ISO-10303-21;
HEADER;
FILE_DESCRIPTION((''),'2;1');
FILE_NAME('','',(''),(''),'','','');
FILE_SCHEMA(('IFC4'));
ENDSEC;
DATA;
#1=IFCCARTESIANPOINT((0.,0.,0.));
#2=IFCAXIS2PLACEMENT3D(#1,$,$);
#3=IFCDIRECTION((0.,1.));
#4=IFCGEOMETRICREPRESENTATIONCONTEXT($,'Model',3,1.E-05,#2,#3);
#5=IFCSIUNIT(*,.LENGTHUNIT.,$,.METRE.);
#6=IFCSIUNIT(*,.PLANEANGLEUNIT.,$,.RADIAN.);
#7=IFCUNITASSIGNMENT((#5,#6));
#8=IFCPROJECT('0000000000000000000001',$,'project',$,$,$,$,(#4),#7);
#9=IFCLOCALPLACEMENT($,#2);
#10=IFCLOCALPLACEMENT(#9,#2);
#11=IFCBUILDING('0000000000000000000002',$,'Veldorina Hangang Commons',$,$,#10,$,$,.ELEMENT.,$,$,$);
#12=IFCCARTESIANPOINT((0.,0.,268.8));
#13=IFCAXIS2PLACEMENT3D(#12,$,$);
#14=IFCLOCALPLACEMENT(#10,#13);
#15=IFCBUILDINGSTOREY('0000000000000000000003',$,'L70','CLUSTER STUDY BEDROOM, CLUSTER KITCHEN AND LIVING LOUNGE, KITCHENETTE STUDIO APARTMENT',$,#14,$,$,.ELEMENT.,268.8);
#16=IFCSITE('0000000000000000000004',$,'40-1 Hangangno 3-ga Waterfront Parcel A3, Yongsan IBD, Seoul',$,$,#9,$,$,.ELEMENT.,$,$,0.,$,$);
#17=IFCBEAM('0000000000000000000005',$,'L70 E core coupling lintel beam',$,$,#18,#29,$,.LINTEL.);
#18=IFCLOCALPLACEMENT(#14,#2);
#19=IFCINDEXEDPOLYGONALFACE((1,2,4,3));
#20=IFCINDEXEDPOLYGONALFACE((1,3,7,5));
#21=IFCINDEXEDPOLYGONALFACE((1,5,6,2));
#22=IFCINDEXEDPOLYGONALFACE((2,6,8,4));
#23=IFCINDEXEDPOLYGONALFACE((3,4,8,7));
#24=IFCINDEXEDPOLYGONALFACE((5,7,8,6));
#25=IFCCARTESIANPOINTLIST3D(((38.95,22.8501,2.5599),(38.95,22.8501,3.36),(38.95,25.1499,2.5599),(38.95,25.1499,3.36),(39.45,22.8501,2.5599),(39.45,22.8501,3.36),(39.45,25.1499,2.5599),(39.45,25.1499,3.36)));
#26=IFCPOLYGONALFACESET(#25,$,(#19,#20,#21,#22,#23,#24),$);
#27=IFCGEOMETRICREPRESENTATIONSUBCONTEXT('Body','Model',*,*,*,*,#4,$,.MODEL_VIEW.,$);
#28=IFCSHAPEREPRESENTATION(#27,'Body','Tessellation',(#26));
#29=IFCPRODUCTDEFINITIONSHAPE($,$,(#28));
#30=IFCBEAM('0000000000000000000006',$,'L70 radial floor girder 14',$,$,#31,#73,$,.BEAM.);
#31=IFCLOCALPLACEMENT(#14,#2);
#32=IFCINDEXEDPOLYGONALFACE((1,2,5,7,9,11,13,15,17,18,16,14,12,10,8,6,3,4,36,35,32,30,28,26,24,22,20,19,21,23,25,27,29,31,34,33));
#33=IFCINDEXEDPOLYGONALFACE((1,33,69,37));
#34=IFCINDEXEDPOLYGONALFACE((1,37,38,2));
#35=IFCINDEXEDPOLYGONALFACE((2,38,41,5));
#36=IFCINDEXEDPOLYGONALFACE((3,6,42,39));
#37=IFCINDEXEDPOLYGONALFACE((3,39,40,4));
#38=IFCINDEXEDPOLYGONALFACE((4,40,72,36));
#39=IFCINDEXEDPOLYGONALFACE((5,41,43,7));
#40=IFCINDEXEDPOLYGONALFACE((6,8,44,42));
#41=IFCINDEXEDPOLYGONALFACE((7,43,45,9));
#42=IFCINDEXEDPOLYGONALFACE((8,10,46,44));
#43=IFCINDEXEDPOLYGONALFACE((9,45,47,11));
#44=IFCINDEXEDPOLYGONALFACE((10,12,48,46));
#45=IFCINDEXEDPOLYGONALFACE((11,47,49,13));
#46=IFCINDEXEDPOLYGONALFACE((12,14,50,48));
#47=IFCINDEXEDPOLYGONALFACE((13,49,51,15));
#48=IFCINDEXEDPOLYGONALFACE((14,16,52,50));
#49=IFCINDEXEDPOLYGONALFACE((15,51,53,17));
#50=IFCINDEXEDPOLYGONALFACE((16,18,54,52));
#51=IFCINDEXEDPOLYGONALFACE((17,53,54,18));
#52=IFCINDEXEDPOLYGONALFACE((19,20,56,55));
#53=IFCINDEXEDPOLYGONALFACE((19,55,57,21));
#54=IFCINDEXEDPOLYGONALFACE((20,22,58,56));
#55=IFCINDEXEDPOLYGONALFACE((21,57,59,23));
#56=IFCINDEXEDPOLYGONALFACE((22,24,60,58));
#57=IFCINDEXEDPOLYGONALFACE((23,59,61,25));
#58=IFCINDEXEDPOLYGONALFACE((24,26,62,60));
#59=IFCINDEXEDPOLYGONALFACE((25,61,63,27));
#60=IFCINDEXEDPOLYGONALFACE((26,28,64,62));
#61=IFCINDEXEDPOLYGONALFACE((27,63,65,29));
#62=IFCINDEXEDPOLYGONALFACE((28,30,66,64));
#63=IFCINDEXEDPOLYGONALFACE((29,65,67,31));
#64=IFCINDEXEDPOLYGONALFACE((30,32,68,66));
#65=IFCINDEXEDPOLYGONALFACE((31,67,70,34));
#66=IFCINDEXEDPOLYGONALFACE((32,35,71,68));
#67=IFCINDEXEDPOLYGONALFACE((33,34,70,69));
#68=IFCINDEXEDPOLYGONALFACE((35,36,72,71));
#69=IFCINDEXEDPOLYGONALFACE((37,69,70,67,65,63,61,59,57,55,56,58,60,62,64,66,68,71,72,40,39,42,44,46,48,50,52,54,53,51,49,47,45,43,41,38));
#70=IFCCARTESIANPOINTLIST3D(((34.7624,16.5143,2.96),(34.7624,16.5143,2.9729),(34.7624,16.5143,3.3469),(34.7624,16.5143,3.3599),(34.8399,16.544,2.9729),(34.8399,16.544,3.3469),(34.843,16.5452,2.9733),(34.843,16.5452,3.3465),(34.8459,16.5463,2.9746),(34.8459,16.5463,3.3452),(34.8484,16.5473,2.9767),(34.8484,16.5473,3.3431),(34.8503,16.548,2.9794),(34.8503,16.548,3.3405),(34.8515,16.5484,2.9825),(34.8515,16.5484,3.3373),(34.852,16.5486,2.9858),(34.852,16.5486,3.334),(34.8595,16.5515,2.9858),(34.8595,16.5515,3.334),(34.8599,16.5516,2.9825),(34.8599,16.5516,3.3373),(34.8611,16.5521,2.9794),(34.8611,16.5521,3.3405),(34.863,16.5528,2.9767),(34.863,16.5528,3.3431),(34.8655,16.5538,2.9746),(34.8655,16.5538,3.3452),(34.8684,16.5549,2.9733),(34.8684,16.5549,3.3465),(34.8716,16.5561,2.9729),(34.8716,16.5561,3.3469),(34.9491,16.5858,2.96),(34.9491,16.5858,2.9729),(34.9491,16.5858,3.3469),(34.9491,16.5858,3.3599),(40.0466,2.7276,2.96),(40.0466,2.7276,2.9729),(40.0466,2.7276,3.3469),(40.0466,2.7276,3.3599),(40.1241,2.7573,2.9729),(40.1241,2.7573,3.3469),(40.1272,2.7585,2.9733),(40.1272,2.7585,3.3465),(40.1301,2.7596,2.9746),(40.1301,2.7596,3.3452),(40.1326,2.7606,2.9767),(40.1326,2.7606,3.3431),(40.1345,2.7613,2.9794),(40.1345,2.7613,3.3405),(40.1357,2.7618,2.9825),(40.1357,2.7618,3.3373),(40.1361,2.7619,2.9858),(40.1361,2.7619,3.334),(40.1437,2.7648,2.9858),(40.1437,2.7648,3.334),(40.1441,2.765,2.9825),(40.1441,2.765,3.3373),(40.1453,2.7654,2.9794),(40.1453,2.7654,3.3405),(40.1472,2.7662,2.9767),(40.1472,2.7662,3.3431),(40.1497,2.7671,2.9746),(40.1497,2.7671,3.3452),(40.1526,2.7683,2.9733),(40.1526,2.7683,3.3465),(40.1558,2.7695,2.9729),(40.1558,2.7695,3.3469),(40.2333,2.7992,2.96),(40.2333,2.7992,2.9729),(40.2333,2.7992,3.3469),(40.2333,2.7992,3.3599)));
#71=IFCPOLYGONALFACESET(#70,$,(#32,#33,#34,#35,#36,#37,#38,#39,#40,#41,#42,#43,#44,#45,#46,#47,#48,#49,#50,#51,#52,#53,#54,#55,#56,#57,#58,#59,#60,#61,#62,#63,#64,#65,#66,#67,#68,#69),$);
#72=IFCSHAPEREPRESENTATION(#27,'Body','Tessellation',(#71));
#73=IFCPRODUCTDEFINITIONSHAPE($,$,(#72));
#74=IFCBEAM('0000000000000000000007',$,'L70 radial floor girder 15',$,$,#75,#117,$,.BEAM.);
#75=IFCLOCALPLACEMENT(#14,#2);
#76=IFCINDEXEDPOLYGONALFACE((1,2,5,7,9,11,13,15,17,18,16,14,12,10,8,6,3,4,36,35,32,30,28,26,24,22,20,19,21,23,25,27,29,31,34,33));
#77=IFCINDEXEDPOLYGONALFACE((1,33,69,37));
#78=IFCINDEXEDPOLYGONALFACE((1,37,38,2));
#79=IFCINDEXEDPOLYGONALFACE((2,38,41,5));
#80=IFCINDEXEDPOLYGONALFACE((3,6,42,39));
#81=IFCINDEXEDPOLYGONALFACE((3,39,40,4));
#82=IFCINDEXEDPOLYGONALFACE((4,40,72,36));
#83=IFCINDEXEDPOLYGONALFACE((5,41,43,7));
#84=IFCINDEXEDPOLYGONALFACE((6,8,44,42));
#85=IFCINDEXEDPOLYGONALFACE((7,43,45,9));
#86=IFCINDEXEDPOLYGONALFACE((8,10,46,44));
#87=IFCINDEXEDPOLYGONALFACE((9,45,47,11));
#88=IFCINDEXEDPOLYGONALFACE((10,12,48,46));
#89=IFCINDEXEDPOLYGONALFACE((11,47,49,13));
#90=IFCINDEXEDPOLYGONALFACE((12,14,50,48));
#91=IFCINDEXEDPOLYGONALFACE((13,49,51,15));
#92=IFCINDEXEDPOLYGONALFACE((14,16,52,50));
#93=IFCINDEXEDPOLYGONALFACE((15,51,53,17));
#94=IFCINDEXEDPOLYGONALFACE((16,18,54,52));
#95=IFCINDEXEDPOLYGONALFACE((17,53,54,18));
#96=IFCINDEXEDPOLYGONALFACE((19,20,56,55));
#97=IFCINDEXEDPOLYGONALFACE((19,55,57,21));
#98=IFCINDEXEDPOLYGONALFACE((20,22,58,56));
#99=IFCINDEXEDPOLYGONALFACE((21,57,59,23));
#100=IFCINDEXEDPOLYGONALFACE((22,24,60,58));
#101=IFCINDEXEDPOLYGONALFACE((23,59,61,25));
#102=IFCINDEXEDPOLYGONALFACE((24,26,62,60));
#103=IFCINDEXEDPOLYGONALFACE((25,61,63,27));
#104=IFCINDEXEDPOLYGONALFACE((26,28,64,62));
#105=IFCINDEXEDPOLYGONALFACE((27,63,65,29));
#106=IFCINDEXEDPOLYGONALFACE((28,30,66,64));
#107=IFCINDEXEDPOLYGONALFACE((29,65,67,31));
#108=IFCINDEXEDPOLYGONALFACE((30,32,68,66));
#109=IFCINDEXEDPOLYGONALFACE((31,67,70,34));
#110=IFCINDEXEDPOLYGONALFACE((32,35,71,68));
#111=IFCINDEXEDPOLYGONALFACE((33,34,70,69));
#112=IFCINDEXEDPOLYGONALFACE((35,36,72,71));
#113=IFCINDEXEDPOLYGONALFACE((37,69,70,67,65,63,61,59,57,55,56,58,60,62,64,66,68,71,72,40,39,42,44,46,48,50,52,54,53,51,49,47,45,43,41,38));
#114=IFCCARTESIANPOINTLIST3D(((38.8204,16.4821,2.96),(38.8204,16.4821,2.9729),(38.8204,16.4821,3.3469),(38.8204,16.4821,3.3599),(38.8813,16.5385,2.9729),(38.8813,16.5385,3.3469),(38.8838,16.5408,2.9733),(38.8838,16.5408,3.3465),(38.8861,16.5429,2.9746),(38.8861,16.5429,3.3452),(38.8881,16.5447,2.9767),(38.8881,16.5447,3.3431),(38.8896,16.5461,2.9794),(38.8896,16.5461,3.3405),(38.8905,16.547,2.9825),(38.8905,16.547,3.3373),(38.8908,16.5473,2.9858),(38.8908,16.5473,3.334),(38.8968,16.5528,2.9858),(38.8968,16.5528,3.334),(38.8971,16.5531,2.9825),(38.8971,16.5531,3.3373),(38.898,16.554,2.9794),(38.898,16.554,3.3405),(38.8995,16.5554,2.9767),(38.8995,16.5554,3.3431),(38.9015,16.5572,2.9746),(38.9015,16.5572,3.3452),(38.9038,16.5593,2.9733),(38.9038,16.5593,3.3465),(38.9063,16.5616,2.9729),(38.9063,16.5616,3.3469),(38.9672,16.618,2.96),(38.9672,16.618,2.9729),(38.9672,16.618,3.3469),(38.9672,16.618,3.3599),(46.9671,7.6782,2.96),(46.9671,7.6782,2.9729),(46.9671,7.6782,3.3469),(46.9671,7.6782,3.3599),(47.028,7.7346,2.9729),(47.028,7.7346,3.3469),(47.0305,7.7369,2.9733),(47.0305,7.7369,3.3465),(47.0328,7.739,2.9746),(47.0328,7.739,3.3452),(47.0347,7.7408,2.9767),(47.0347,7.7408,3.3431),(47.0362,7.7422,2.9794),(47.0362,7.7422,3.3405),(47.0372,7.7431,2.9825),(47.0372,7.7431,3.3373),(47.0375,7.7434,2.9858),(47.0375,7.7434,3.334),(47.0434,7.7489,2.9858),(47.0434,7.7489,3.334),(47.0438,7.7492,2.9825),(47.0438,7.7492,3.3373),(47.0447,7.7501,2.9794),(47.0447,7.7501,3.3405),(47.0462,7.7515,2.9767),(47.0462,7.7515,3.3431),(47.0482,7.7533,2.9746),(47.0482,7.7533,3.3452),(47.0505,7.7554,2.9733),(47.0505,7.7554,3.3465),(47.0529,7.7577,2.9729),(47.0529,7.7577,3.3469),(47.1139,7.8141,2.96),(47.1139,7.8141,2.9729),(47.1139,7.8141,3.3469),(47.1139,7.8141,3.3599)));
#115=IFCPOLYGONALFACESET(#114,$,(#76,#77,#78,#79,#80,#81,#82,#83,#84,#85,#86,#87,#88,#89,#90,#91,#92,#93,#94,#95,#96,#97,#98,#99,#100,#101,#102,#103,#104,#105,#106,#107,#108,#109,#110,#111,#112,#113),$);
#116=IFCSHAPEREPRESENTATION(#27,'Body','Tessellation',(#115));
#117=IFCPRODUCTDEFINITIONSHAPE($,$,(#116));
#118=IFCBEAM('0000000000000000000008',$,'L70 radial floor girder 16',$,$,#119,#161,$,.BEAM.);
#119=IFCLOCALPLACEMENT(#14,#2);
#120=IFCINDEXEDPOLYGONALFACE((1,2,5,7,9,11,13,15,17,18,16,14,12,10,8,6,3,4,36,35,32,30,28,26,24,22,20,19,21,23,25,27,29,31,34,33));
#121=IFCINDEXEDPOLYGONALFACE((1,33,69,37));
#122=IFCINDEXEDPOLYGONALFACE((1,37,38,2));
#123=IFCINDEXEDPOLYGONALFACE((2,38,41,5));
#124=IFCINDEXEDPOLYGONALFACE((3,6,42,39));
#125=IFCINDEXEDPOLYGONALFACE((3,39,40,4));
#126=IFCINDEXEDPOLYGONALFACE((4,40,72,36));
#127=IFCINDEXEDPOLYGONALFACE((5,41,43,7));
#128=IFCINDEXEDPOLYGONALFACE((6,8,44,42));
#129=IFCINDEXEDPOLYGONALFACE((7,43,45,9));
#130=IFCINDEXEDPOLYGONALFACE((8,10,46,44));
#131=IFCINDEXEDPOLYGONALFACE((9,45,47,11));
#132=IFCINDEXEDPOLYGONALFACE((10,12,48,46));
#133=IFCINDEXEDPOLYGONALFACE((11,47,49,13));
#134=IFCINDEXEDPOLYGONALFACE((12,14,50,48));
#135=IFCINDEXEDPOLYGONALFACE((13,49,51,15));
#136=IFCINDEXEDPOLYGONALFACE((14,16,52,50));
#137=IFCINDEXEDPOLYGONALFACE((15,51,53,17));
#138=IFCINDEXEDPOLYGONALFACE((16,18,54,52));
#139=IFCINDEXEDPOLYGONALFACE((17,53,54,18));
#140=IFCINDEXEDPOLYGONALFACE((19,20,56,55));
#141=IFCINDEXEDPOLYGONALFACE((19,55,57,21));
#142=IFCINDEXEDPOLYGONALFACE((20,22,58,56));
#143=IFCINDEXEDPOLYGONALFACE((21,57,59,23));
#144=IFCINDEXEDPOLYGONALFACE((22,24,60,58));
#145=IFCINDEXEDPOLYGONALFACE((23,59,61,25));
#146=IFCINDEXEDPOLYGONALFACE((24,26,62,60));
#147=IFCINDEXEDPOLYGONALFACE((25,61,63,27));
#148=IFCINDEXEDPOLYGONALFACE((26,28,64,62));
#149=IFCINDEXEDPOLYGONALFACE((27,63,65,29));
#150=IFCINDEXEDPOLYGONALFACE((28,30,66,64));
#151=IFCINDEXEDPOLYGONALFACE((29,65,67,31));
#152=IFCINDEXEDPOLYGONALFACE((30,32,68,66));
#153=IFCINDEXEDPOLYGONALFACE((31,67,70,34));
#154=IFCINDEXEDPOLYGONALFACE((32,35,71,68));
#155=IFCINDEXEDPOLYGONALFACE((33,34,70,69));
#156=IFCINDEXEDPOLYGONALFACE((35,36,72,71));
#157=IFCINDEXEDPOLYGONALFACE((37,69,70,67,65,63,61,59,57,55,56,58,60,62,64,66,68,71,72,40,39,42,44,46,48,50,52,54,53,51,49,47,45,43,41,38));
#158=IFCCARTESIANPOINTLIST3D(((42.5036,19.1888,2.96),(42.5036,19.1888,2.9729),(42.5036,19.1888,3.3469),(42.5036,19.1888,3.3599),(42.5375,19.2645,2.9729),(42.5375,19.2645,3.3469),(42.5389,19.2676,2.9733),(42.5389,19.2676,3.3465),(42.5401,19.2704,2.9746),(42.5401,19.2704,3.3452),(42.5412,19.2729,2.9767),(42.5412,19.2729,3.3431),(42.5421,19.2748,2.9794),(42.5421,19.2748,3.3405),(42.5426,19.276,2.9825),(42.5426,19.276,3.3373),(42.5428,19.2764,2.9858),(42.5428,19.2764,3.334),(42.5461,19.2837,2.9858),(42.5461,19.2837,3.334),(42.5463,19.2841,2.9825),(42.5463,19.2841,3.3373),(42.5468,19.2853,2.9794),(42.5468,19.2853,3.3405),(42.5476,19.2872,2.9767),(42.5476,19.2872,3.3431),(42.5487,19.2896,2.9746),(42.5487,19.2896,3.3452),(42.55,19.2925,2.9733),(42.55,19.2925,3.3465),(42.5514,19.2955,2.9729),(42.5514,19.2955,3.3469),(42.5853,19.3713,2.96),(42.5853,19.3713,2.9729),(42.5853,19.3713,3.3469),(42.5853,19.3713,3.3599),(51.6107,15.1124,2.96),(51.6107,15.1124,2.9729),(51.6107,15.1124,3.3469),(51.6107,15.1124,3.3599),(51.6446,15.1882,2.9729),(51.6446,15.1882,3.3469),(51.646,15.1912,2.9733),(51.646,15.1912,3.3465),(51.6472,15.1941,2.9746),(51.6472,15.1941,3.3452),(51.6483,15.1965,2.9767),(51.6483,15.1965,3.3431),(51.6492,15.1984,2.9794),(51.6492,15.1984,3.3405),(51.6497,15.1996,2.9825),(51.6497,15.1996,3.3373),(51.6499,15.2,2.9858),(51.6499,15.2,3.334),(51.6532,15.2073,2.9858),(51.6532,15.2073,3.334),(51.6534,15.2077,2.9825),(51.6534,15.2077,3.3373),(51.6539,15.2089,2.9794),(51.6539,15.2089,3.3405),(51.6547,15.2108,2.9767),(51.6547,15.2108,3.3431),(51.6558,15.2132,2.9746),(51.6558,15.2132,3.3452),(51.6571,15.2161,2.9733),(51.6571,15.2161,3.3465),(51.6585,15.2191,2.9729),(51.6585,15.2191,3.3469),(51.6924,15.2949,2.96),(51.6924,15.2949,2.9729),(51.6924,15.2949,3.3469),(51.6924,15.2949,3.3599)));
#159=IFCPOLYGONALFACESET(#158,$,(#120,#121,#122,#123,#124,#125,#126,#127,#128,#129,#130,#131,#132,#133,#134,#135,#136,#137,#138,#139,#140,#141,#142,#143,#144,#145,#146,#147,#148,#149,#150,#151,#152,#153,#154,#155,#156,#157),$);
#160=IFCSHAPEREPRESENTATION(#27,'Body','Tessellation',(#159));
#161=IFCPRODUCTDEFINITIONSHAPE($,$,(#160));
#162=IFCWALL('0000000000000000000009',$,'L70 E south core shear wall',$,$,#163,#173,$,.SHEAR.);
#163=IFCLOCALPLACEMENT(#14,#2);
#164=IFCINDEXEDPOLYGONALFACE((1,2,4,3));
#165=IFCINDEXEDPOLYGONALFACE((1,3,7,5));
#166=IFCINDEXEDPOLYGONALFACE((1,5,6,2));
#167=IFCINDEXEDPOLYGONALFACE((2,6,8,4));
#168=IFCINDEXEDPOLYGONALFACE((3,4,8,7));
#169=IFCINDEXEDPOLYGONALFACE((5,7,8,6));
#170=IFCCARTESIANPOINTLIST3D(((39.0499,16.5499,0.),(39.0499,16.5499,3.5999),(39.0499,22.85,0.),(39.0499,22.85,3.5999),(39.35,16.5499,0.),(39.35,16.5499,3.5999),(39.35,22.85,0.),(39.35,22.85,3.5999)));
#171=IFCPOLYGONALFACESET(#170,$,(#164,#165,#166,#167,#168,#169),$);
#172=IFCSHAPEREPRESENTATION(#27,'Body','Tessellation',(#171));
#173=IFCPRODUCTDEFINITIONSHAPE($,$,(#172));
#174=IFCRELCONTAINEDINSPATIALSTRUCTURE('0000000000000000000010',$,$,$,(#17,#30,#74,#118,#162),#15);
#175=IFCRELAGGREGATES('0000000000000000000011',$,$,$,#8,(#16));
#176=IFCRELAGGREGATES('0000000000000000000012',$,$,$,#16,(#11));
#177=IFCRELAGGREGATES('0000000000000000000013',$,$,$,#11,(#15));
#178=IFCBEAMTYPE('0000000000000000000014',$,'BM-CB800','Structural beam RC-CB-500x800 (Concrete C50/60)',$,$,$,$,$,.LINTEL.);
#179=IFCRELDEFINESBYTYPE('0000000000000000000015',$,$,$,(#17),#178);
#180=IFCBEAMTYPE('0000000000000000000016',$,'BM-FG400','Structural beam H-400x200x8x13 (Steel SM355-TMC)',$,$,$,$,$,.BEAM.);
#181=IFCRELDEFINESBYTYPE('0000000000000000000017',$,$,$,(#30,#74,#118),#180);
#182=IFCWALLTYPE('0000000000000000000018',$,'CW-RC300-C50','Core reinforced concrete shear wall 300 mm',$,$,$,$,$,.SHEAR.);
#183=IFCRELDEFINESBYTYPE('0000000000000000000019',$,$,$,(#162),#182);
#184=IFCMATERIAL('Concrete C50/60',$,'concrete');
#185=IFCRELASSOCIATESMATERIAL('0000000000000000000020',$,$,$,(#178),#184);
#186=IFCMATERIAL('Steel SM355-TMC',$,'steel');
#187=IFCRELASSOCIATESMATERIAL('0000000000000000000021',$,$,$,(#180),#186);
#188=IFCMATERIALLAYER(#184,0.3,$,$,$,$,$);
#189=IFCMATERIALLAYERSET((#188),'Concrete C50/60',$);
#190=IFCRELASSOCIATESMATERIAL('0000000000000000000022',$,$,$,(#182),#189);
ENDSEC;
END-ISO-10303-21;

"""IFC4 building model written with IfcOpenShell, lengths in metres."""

from ifc_helpers import new_model, si_unit, direction, frame, frame_2d, origin, origin_2d, place, context, subcontext, project, spatial, rectangle, i_section, extrude, material, layer, layer_set, material_profile, profile_set, type_object, element, save


model = new_model("IFC4")

# Units and contexts
model_context = context("Model", 3, precision=1e-05, world=origin(), true_north=direction((0.0, 1.0)))
body_context = subcontext(model_context, "Body", "Model", "MODEL_VIEW")
ifc_project = project(units=[si_unit("LENGTHUNIT", "METRE"), si_unit("PLANEANGLEUNIT", "RADIAN")], contexts=[model_context])

# Site, building, storey
site_placement = place(None, origin())
site = spatial("IfcSite", under=ifc_project, at=site_placement, Name="40-1 Hangangno 3-ga Waterfront Parcel A3, Yongsan IBD, Seoul", CompositionType="ELEMENT", RefElevation=0.0)
building_placement = place(site_placement, origin())
building = spatial("IfcBuilding", under=site, at=building_placement, Name="Veldorina Hangang Commons", CompositionType="ELEMENT")
storey_placement = place(building_placement, frame((0.0, 0.0, 268.8)))
storey = spatial("IfcBuildingStorey", under=building, at=storey_placement, Name="L70", Description="CLUSTER STUDY BEDROOM, CLUSTER KITCHEN AND LIVING LOUNGE, KITCHENETTE STUDIO APARTMENT", CompositionType="ELEMENT", Elevation=268.8)

# Beams
ifc_material_1 = material(Name="Concrete C50/60", Category="concrete")
ifc_material_profile_1 = material_profile(ifc_material_1, rectangle(XDim=0.5, YDim=0.8, at=origin_2d()), Name="RC-CB-500x800")
ifc_profile_set_1 = profile_set([ifc_material_profile_1], Name="Concrete C50/60")
beam_type_1 = type_object("IfcBeamType", Name="BM-CB800", Description="Structural beam RC-CB-500x800 (Concrete C50/60)", PredefinedType="LINTEL", material=ifc_profile_set_1)
beam_1_placement = place(storey_placement, frame((39.2, 22.8501, 2.96), z_axis=(0.0, 1.0, 0.0), x_axis=(-1.0, 0.0, 0.0)))
element("IfcBeam", 1, at=beam_1_placement, inside=storey, type_object=beam_type_1, Name="L70 E core coupling lintel beam", PredefinedType="LINTEL", context=body_context, shape_type="SweptSolid", body=[
    extrude(rectangle(XDim=0.5, YDim=0.8, at=origin_2d()), origin(), (0.0, 0.0, 1.0), 2.2998),
])
ifc_material_2 = material(Name="Steel SM355-TMC", Category="steel")
ifc_material_profile_2 = material_profile(ifc_material_2, i_section(OverallWidth=0.2, OverallDepth=0.3999, WebThickness=0.0081, FlangeThickness=0.0129, FilletRadius=0.0129, at=origin_2d()), Name="H-400x200x8x13")
ifc_profile_set_2 = profile_set([ifc_material_profile_2], Name="Steel SM355-TMC")
beam_type_2 = type_object("IfcBeamType", Name="BM-FG400", Description="Structural beam H-400x200x8x13 (Steel SM355-TMC)", PredefinedType="BEAM", material=ifc_profile_set_2)
beam_2_placement = place(storey_placement, frame((34.8557, 16.55, 3.1599), z_axis=(0.357895, -0.933762, 0.0), x_axis=(0.933762, 0.357895, 0.0)))
element("IfcBeam", 2, at=beam_2_placement, inside=storey, type_object=beam_type_2, Name="L70 radial floor girder 14", PredefinedType="BEAM", context=body_context, shape_type="SweptSolid", body=[
    extrude(i_section(OverallWidth=0.2, OverallDepth=0.3999, WebThickness=0.0081, FlangeThickness=0.0129, FilletRadius=0.0129, at=origin_2d()), origin(), (0.0, 0.0, 1.0), 14.7646),
])
beam_3_placement = place(storey_placement, frame((38.8938, 16.55, 3.1599), z_axis=(0.67918, -0.733972, 0.0), x_axis=(0.733972, 0.67918, 0.0)))
element("IfcBeam", 3, at=beam_3_placement, inside=storey, type_object=beam_type_2, Name="L70 radial floor girder 15", PredefinedType="BEAM", context=body_context, shape_type="SweptSolid", body=[
    extrude(i_section(OverallWidth=0.2, OverallDepth=0.3999, WebThickness=0.0081, FlangeThickness=0.0129, FilletRadius=0.0129, at=origin_2d()), origin(), (0.0, 0.0, 1.0), 11.9949),
])
beam_4_placement = place(storey_placement, frame((42.5444, 19.28, 3.1599), z_axis=(0.912738, -0.408546, 0.0), x_axis=(0.408546, 0.912738, 0.0)))
element("IfcBeam", 4, at=beam_4_placement, inside=storey, type_object=beam_type_2, Name="L70 radial floor girder 16", PredefinedType="BEAM", context=body_context, shape_type="SweptSolid", body=[
    extrude(i_section(OverallWidth=0.2, OverallDepth=0.3999, WebThickness=0.0081, FlangeThickness=0.0129, FilletRadius=0.0129, at=origin_2d()), origin(), (0.0, 0.0, 1.0), 9.9778),
])

# Wall
ifc_layer_1 = layer(ifc_material_1, 0.3)
ifc_layer_set_1 = layer_set([ifc_layer_1], Name="Concrete C50/60")
wall_type_1 = type_object("IfcWallType", Name="CW-RC300-C50", Description="Core reinforced concrete shear wall 300 mm", PredefinedType="SHEAR", material=ifc_layer_set_1)
wall_1_placement = place(storey_placement, frame((39.2, 16.55, 0.0), z_axis=(0.0, 0.0, 1.0), x_axis=(0.0, 1.0, 0.0)))
element("IfcWall", 5, at=wall_1_placement, inside=storey, type_object=wall_type_1, Name="L70 E south core shear wall", PredefinedType="SHEAR", context=body_context, shape_type="SweptSolid", body=[
    extrude(rectangle(XDim=6.3, YDim=0.3, at=frame_2d((3.1499, 0.0))), origin(), (0.0, 0.0, 1.0), 3.5999),
])

save(model, "model.ifc")
